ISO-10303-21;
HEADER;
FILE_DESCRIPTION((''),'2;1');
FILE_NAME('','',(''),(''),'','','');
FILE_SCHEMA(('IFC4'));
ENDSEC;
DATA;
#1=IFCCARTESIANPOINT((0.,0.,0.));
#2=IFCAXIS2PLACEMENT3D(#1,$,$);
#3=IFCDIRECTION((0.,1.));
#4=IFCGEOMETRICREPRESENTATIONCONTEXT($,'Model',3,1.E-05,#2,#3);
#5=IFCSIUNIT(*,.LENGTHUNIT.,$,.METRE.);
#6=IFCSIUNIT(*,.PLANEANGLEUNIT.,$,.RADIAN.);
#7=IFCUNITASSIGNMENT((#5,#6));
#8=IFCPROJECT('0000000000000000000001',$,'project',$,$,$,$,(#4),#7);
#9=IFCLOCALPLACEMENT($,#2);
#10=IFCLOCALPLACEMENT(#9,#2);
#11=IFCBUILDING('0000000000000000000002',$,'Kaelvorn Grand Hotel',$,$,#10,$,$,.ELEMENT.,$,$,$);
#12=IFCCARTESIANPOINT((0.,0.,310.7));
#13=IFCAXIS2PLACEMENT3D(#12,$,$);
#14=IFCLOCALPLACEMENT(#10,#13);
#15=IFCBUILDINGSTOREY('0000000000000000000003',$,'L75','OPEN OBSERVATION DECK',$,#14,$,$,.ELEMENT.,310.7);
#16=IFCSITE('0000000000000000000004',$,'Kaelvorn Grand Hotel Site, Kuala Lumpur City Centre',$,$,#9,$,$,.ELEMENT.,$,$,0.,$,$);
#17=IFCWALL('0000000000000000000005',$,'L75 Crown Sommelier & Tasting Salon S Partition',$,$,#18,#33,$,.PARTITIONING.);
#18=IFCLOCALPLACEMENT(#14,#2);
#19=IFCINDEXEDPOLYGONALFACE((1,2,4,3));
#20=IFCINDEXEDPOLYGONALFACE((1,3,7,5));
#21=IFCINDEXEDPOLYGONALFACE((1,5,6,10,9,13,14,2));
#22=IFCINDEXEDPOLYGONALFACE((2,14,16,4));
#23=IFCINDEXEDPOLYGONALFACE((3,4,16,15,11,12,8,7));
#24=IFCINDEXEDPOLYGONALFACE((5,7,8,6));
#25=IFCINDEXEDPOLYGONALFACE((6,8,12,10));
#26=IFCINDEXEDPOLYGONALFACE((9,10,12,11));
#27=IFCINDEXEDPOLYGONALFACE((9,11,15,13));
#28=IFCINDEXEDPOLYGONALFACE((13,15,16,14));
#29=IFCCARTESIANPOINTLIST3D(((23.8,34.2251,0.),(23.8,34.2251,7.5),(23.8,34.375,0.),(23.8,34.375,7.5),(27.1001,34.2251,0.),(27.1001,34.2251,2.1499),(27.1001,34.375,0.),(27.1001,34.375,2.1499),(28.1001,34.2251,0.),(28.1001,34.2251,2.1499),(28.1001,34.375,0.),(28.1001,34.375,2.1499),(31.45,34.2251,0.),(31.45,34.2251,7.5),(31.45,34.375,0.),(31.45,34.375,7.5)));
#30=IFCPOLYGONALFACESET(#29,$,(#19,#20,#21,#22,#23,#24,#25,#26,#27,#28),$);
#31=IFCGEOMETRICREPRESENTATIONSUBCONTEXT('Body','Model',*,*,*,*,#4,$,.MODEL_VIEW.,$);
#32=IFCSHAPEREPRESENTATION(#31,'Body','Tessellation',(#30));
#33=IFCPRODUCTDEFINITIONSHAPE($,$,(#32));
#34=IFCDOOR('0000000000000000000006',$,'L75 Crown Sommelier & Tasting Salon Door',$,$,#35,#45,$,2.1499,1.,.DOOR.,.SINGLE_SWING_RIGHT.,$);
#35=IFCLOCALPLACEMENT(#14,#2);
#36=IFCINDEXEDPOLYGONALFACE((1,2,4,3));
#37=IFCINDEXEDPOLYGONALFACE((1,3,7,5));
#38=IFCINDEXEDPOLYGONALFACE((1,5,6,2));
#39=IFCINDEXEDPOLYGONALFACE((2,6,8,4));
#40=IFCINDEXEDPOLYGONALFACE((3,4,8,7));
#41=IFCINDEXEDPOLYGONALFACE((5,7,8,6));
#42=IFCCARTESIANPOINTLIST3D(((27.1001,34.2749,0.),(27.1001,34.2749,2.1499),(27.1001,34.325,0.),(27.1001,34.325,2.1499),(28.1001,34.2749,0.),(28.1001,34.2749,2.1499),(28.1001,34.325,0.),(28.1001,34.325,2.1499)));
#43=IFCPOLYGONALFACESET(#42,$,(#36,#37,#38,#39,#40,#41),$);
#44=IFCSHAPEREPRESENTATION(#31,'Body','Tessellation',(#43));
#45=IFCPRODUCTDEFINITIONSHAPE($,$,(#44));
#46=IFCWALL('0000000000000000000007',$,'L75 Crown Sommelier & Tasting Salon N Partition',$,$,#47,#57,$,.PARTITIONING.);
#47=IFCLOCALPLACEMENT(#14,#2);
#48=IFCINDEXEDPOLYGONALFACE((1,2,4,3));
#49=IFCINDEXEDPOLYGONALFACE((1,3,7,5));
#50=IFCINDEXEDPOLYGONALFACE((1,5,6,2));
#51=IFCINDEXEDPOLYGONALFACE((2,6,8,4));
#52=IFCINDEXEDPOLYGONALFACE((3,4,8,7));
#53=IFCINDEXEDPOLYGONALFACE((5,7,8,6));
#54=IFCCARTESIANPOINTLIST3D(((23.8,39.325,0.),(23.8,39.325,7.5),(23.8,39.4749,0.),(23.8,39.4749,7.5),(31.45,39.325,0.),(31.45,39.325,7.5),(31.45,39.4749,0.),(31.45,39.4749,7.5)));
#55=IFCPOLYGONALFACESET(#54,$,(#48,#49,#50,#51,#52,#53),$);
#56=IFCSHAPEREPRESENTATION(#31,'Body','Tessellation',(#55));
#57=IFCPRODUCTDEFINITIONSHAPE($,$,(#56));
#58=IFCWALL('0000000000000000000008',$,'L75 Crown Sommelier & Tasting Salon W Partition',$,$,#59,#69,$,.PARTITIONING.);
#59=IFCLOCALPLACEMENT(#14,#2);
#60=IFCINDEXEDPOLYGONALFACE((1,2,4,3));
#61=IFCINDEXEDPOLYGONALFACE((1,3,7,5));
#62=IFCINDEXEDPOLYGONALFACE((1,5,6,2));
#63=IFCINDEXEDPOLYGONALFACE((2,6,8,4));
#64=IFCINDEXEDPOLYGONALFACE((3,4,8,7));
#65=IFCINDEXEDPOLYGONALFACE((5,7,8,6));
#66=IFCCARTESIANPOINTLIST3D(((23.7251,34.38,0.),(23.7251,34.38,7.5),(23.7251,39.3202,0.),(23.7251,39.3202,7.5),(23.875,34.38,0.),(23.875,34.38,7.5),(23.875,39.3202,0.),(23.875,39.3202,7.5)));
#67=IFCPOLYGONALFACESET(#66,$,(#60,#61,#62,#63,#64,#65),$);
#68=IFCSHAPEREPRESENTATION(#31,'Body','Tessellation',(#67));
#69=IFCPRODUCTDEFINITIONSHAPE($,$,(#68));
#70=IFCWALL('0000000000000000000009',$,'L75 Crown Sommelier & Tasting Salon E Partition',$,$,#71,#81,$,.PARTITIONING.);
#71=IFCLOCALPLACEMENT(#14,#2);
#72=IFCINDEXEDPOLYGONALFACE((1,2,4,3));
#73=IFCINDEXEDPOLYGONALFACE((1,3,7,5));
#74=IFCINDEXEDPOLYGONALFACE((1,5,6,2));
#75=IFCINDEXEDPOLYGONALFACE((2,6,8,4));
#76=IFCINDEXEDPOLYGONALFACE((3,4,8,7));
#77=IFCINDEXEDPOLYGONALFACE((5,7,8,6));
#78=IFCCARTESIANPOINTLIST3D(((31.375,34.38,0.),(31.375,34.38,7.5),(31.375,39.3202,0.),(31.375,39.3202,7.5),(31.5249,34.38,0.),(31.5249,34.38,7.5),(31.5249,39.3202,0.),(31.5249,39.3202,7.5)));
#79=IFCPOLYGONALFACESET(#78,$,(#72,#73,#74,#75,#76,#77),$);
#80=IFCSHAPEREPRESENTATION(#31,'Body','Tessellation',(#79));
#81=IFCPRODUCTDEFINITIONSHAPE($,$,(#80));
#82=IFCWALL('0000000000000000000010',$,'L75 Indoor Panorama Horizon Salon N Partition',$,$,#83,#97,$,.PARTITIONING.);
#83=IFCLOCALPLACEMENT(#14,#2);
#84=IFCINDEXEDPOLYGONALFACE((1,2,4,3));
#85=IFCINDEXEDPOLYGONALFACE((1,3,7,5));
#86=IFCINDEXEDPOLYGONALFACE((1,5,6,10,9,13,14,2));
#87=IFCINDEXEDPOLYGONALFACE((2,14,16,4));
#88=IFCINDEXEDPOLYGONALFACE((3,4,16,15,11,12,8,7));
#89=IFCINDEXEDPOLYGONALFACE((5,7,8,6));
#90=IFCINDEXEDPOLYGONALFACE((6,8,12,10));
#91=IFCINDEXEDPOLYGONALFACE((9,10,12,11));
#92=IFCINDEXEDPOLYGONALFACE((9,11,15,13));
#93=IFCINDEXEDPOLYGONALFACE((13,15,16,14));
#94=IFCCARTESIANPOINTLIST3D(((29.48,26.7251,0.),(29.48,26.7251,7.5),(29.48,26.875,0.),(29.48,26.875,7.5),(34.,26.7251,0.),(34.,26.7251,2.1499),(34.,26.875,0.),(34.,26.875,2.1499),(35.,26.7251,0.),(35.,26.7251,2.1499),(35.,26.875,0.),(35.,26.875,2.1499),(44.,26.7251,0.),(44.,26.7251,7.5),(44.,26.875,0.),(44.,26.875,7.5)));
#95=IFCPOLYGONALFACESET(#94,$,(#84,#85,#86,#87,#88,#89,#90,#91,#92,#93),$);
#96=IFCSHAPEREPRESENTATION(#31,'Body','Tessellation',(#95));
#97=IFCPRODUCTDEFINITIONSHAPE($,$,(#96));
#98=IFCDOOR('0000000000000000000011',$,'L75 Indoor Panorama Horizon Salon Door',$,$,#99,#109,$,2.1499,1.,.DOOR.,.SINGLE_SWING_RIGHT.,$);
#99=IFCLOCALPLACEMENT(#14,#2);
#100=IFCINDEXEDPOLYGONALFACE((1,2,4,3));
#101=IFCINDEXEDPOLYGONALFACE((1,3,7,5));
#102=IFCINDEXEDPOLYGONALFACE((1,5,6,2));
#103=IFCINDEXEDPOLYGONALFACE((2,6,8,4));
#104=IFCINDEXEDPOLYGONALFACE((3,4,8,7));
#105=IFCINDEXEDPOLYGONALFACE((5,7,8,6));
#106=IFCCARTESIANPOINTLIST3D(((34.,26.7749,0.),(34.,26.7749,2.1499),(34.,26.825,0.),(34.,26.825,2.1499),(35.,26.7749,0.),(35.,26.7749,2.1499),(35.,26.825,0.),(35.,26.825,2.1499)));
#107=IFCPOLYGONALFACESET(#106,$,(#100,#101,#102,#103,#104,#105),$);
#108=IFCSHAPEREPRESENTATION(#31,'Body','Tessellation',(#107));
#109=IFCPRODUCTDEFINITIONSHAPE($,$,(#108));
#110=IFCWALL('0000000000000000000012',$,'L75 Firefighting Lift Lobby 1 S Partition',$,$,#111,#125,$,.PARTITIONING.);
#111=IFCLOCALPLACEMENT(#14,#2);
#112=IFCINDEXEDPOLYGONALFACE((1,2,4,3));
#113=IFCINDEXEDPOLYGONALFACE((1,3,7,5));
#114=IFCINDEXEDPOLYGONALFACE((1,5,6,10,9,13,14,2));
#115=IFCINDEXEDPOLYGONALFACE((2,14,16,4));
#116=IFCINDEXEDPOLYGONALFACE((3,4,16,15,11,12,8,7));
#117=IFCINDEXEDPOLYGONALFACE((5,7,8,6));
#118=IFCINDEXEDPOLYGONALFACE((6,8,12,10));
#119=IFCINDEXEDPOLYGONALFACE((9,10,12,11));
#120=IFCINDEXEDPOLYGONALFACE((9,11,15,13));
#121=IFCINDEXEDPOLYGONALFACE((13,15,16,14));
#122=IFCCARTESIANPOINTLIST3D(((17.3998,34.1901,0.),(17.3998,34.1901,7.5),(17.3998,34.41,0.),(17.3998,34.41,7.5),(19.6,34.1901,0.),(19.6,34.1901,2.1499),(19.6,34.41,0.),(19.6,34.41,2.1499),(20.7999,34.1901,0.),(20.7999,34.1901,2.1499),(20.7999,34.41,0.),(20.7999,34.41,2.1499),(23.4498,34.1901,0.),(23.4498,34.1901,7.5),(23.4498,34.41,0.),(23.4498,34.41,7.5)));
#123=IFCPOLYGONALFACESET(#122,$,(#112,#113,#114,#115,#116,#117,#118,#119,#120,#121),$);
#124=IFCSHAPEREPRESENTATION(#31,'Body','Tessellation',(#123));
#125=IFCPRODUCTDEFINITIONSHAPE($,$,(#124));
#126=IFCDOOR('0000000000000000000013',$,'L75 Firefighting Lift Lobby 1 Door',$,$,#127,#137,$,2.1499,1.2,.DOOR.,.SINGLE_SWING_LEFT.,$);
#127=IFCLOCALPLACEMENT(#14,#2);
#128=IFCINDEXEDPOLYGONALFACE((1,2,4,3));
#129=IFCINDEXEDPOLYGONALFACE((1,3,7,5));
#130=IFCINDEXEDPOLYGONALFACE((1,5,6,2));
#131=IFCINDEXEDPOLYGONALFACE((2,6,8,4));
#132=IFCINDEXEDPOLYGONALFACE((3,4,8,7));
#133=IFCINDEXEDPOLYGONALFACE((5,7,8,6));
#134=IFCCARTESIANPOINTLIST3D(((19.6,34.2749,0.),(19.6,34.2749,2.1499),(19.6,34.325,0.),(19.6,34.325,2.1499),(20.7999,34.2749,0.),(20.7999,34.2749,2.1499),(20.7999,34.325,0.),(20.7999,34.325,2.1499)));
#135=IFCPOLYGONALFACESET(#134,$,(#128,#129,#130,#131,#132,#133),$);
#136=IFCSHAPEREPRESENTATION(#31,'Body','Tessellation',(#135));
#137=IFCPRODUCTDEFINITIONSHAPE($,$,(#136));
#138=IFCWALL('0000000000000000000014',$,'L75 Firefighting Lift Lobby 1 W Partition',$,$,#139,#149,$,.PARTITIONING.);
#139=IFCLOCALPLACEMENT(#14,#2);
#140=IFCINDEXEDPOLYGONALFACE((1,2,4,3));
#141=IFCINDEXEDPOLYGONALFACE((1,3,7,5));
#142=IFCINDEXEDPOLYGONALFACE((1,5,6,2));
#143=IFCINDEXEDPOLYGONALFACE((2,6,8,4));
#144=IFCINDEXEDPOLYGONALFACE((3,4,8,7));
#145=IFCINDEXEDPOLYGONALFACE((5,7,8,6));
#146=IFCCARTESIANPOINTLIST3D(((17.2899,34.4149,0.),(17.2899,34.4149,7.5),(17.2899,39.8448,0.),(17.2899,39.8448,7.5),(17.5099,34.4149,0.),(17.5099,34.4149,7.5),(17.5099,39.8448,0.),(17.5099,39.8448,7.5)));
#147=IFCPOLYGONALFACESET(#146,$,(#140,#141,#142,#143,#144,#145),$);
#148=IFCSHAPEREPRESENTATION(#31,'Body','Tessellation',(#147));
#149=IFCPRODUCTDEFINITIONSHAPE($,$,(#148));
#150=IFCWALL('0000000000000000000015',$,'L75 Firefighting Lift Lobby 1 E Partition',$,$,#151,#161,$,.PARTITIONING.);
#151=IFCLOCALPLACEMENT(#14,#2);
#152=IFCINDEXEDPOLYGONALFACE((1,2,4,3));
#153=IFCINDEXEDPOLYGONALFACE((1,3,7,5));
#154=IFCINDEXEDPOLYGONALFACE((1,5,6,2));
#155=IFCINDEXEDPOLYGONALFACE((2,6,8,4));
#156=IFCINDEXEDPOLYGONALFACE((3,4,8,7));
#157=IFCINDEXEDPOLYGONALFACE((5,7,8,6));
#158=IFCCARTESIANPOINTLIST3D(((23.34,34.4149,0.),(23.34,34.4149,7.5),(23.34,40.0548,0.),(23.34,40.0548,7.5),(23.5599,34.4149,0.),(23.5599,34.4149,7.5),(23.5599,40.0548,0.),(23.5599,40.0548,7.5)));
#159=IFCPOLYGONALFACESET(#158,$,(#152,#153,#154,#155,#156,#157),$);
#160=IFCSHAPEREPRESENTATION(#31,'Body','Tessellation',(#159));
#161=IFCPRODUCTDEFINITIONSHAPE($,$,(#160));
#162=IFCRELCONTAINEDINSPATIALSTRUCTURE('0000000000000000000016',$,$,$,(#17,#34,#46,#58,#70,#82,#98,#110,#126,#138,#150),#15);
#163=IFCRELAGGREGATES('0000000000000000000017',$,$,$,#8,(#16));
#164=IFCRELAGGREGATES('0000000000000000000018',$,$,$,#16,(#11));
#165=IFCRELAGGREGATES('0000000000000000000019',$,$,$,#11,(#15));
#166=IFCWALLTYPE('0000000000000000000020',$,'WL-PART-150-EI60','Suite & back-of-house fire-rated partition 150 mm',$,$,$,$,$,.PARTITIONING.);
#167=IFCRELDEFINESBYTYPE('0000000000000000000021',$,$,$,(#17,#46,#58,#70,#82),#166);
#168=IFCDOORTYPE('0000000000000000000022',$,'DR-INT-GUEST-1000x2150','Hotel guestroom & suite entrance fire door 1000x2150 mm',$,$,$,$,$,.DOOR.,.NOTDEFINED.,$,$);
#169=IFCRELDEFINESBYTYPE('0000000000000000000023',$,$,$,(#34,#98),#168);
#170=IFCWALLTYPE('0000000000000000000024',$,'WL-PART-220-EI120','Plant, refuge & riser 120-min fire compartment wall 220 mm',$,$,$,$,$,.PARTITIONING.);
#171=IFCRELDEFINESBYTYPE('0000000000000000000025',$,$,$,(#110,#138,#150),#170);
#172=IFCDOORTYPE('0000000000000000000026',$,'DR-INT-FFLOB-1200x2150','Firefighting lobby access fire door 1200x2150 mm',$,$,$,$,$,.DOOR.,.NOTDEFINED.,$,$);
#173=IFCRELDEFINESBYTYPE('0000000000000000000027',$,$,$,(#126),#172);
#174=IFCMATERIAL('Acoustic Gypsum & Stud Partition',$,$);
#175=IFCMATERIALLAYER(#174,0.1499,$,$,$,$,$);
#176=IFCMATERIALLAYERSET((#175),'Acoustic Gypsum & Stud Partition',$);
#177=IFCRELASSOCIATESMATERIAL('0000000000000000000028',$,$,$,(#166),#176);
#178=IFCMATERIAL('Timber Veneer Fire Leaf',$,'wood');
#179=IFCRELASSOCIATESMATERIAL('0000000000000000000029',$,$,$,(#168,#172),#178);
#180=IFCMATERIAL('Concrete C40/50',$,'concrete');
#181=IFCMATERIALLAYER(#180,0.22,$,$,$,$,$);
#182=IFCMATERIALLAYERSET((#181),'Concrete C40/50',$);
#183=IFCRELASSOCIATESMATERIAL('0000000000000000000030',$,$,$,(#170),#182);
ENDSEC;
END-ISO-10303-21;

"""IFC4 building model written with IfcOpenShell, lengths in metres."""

from ifc_helpers import new_model, si_unit, direction, frame, frame_2d, origin, place, context, subcontext, project, spatial, rectangle, extrude, material, layer, layer_set, type_object, element, fill, save


model = new_model("IFC4")

# Units and contexts
model_context = context("Model", 3, precision=1e-05, world=origin(), true_north=direction((0.0, 1.0)))
body_context = subcontext(model_context, "Body", "Model", "MODEL_VIEW")
ifc_project = project(units=[si_unit("LENGTHUNIT", "METRE"), si_unit("PLANEANGLEUNIT", "RADIAN")], contexts=[model_context])

# Site, building, storey
site_placement = place(None, origin())
site = spatial("IfcSite", under=ifc_project, at=site_placement, Name="Kaelvorn Grand Hotel Site, Kuala Lumpur City Centre", CompositionType="ELEMENT", RefElevation=0.0)
building_placement = place(site_placement, origin())
building = spatial("IfcBuilding", under=site, at=building_placement, Name="Kaelvorn Grand Hotel", CompositionType="ELEMENT")
storey_placement = place(building_placement, frame((0.0, 0.0, 310.7)))
storey = spatial("IfcBuildingStorey", under=building, at=storey_placement, Name="L75", Description="OPEN OBSERVATION DECK", CompositionType="ELEMENT", Elevation=310.7)

# Shared definitions
ifc_material_1 = material(Name="Acoustic Gypsum & Stud Partition")
ifc_layer_1 = layer(ifc_material_1, 0.1499)
ifc_layer_set_1 = layer_set([ifc_layer_1], Name="Acoustic Gypsum & Stud Partition")
wall_type_1 = type_object("IfcWallType", Name="WL-PART-150-EI60", Description="Suite & back-of-house fire-rated partition 150 mm", PredefinedType="PARTITIONING", material=ifc_layer_set_1)

# Wall, opening, door
wall_1_placement = place(storey_placement, frame((23.8, 34.3, 0.0), z_axis=(0.0, 0.0, 1.0), x_axis=(1.0, 0.0, 0.0)))
wall_1 = element("IfcWall", 1, at=wall_1_placement, inside=storey, type_object=wall_type_1, Name="L75 Crown Sommelier & Tasting Salon S Partition", PredefinedType="PARTITIONING", context=body_context, shape_type="SweptSolid", body=[
    extrude(rectangle(XDim=7.6499, YDim=0.1499, at=frame_2d((3.825, 0.0))), origin(), (0.0, 0.0, 1.0), 7.5),
])
opening_1_placement = place(wall_1_placement, frame((3.3, 0.0, 0.0)))
opening_1 = element("IfcOpeningElement", 2, at=opening_1_placement, cuts=wall_1, PredefinedType="OPENING", context=body_context, shape_type="SweptSolid", body=[
    extrude(rectangle(XDim=1.0, YDim=2.1499, at=frame_2d((0.5, 1.075))), frame((0.0, 0.085, 0.0), z_axis=(0.0, -1.0, 0.0), x_axis=(1.0, 0.0, 0.0)), (0.0, 0.0, 1.0), 0.1699),
])
ifc_material_2 = material(Name="Timber Veneer Fire Leaf", Category="wood")
door_type_1 = type_object("IfcDoorType", Name="DR-INT-GUEST-1000x2150", Description="Hotel guestroom & suite entrance fire door 1000x2150 mm", OperationType="NOTDEFINED", PredefinedType="DOOR", material=ifc_material_2)
door_1_placement = place(opening_1_placement, origin())
door_1 = element("IfcDoor", 3, at=door_1_placement, inside=storey, type_object=door_type_1, Name="L75 Crown Sommelier & Tasting Salon Door", OperationType="SINGLE_SWING_RIGHT", OverallHeight=2.1499, OverallWidth=1.0, PredefinedType="DOOR", context=body_context, shape_type="SweptSolid", body=[
    extrude(rectangle(XDim=1.0, YDim=2.1499, at=frame_2d((0.5, 1.075))), frame((0.0, 0.0249, 0.0), z_axis=(0.0, -1.0, 0.0), x_axis=(1.0, 0.0, 0.0)), (0.0, 0.0, 1.0), 0.05),
])
fill(opening_1, door_1)

# Walls
wall_2_placement = place(storey_placement, frame((23.8, 39.3999, 0.0), z_axis=(0.0, 0.0, 1.0), x_axis=(1.0, 0.0, 0.0)))
element("IfcWall", 4, at=wall_2_placement, inside=storey, type_object=wall_type_1, Name="L75 Crown Sommelier & Tasting Salon N Partition", PredefinedType="PARTITIONING", context=body_context, shape_type="SweptSolid", body=[
    extrude(rectangle(XDim=7.6499, YDim=0.1499, at=frame_2d((3.825, 0.0))), origin(), (0.0, 0.0, 1.0), 7.5),
])
for number, where, z_axis, x_axis, name in (
    (5, (23.8, 34.3799, 0.0), (0.0, 0.0, 1.0), (0.0, 1.0, 0.0), "L75 Crown Sommelier & Tasting Salon W Partition"),
    (6, (31.45, 34.3799, 0.0), (0.0, 0.0, 1.0), (0.0, 1.0, 0.0), "L75 Crown Sommelier & Tasting Salon E Partition"),
):
    element("IfcWall", number, at=place(storey_placement, frame(where, z_axis=z_axis, x_axis=x_axis)), inside=storey, type_object=wall_type_1, Name=name, PredefinedType="PARTITIONING", context=body_context, shape_type="SweptSolid", body=[
        extrude(rectangle(XDim=4.9402, YDim=0.1499, at=frame_2d((2.4702, 0.0))), origin(), (0.0, 0.0, 1.0), 7.5),
    ])

# Walls, openings, doors
wall_3_placement = place(storey_placement, frame((29.48, 26.8, 0.0), z_axis=(0.0, 0.0, 1.0), x_axis=(1.0, 0.0, 0.0)))
wall_3 = element("IfcWall", 7, at=wall_3_placement, inside=storey, type_object=wall_type_1, Name="L75 Indoor Panorama Horizon Salon N Partition", PredefinedType="PARTITIONING", context=body_context, shape_type="SweptSolid", body=[
    extrude(rectangle(XDim=14.52, YDim=0.1499, at=frame_2d((7.26, 0.0))), origin(), (0.0, 0.0, 1.0), 7.5),
])
opening_2_placement = place(wall_3_placement, frame((4.52, 0.0, 0.0)))
opening_2 = element("IfcOpeningElement", 8, at=opening_2_placement, cuts=wall_3, PredefinedType="OPENING", context=body_context, shape_type="SweptSolid", body=[
    extrude(rectangle(XDim=1.0, YDim=2.1499, at=frame_2d((0.5, 1.075))), frame((0.0, 0.085, 0.0), z_axis=(0.0, -1.0, 0.0), x_axis=(1.0, 0.0, 0.0)), (0.0, 0.0, 1.0), 0.1699),
])
door_2_placement = place(opening_2_placement, origin())
door_2 = element("IfcDoor", 9, at=door_2_placement, inside=storey, type_object=door_type_1, Name="L75 Indoor Panorama Horizon Salon Door", OperationType="SINGLE_SWING_RIGHT", OverallHeight=2.1499, OverallWidth=1.0, PredefinedType="DOOR", context=body_context, shape_type="SweptSolid", body=[
    extrude(rectangle(XDim=1.0, YDim=2.1499, at=frame_2d((0.5, 1.075))), frame((0.0, 0.0249, 0.0), z_axis=(0.0, -1.0, 0.0), x_axis=(1.0, 0.0, 0.0)), (0.0, 0.0, 1.0), 0.05),
])
fill(opening_2, door_2)
ifc_material_3 = material(Name="Concrete C40/50", Category="concrete")
ifc_layer_2 = layer(ifc_material_3, 0.22)
ifc_layer_set_2 = layer_set([ifc_layer_2], Name="Concrete C40/50")
wall_type_2 = type_object("IfcWallType", Name="WL-PART-220-EI120", Description="Plant, refuge & riser 120-min fire compartment wall 220 mm", PredefinedType="PARTITIONING", material=ifc_layer_set_2)
wall_4_placement = place(storey_placement, frame((17.3999, 34.3, 0.0), z_axis=(0.0, 0.0, 1.0), x_axis=(1.0, 0.0, 0.0)))
wall_4 = element("IfcWall", 10, at=wall_4_placement, inside=storey, type_object=wall_type_2, Name="L75 Firefighting Lift Lobby 1 S Partition", PredefinedType="PARTITIONING", context=body_context, shape_type="SweptSolid", body=[
    extrude(rectangle(XDim=6.05, YDim=0.22, at=frame_2d((3.0249, 0.0))), origin(), (0.0, 0.0, 1.0), 7.5),
])
opening_3_placement = place(wall_4_placement, frame((2.2, 0.0, 0.0)))
opening_3 = element("IfcOpeningElement", 11, at=opening_3_placement, cuts=wall_4, PredefinedType="OPENING", context=body_context, shape_type="SweptSolid", body=[
    extrude(rectangle(XDim=1.2, YDim=2.1499, at=frame_2d((0.6001, 1.075))), frame((0.0, 0.1201, 0.0), z_axis=(0.0, -1.0, 0.0), x_axis=(1.0, 0.0, 0.0)), (0.0, 0.0, 1.0), 0.24),
])
door_type_2 = type_object("IfcDoorType", Name="DR-INT-FFLOB-1200x2150", Description="Firefighting lobby access fire door 1200x2150 mm", OperationType="NOTDEFINED", PredefinedType="DOOR", material=ifc_material_2)
door_3_placement = place(opening_3_placement, origin())
door_3 = element("IfcDoor", 12, at=door_3_placement, inside=storey, type_object=door_type_2, Name="L75 Firefighting Lift Lobby 1 Door", OperationType="SINGLE_SWING_LEFT", OverallHeight=2.1499, OverallWidth=1.2, PredefinedType="DOOR", context=body_context, shape_type="SweptSolid", body=[
    extrude(rectangle(XDim=1.2, YDim=2.1499, at=frame_2d((0.6001, 1.075))), frame((0.0, 0.0249, 0.0), z_axis=(0.0, -1.0, 0.0), x_axis=(1.0, 0.0, 0.0)), (0.0, 0.0, 1.0), 0.05),
])
fill(opening_3, door_3)

# Walls
wall_5_placement = place(storey_placement, frame((17.3999, 34.415, 0.0), z_axis=(0.0, 0.0, 1.0), x_axis=(0.0, 1.0, 0.0)))
element("IfcWall", 13, at=wall_5_placement, inside=storey, type_object=wall_type_2, Name="L75 Firefighting Lift Lobby 1 W Partition", PredefinedType="PARTITIONING", context=body_context, shape_type="SweptSolid", body=[
    extrude(rectangle(XDim=5.4299, YDim=0.22, at=frame_2d((2.7148, 0.0))), origin(), (0.0, 0.0, 1.0), 7.5),
])
wall_6_placement = place(storey_placement, frame((23.45, 34.415, 0.0), z_axis=(0.0, 0.0, 1.0), x_axis=(0.0, 1.0, 0.0)))
element("IfcWall", 14, at=wall_6_placement, inside=storey, type_object=wall_type_2, Name="L75 Firefighting Lift Lobby 1 E Partition", PredefinedType="PARTITIONING", context=body_context, shape_type="SweptSolid", body=[
    extrude(rectangle(XDim=5.6399, YDim=0.22, at=frame_2d((2.8198, 0.0))), origin(), (0.0, 0.0, 1.0), 7.5),
])

save(model, "model.ifc")
